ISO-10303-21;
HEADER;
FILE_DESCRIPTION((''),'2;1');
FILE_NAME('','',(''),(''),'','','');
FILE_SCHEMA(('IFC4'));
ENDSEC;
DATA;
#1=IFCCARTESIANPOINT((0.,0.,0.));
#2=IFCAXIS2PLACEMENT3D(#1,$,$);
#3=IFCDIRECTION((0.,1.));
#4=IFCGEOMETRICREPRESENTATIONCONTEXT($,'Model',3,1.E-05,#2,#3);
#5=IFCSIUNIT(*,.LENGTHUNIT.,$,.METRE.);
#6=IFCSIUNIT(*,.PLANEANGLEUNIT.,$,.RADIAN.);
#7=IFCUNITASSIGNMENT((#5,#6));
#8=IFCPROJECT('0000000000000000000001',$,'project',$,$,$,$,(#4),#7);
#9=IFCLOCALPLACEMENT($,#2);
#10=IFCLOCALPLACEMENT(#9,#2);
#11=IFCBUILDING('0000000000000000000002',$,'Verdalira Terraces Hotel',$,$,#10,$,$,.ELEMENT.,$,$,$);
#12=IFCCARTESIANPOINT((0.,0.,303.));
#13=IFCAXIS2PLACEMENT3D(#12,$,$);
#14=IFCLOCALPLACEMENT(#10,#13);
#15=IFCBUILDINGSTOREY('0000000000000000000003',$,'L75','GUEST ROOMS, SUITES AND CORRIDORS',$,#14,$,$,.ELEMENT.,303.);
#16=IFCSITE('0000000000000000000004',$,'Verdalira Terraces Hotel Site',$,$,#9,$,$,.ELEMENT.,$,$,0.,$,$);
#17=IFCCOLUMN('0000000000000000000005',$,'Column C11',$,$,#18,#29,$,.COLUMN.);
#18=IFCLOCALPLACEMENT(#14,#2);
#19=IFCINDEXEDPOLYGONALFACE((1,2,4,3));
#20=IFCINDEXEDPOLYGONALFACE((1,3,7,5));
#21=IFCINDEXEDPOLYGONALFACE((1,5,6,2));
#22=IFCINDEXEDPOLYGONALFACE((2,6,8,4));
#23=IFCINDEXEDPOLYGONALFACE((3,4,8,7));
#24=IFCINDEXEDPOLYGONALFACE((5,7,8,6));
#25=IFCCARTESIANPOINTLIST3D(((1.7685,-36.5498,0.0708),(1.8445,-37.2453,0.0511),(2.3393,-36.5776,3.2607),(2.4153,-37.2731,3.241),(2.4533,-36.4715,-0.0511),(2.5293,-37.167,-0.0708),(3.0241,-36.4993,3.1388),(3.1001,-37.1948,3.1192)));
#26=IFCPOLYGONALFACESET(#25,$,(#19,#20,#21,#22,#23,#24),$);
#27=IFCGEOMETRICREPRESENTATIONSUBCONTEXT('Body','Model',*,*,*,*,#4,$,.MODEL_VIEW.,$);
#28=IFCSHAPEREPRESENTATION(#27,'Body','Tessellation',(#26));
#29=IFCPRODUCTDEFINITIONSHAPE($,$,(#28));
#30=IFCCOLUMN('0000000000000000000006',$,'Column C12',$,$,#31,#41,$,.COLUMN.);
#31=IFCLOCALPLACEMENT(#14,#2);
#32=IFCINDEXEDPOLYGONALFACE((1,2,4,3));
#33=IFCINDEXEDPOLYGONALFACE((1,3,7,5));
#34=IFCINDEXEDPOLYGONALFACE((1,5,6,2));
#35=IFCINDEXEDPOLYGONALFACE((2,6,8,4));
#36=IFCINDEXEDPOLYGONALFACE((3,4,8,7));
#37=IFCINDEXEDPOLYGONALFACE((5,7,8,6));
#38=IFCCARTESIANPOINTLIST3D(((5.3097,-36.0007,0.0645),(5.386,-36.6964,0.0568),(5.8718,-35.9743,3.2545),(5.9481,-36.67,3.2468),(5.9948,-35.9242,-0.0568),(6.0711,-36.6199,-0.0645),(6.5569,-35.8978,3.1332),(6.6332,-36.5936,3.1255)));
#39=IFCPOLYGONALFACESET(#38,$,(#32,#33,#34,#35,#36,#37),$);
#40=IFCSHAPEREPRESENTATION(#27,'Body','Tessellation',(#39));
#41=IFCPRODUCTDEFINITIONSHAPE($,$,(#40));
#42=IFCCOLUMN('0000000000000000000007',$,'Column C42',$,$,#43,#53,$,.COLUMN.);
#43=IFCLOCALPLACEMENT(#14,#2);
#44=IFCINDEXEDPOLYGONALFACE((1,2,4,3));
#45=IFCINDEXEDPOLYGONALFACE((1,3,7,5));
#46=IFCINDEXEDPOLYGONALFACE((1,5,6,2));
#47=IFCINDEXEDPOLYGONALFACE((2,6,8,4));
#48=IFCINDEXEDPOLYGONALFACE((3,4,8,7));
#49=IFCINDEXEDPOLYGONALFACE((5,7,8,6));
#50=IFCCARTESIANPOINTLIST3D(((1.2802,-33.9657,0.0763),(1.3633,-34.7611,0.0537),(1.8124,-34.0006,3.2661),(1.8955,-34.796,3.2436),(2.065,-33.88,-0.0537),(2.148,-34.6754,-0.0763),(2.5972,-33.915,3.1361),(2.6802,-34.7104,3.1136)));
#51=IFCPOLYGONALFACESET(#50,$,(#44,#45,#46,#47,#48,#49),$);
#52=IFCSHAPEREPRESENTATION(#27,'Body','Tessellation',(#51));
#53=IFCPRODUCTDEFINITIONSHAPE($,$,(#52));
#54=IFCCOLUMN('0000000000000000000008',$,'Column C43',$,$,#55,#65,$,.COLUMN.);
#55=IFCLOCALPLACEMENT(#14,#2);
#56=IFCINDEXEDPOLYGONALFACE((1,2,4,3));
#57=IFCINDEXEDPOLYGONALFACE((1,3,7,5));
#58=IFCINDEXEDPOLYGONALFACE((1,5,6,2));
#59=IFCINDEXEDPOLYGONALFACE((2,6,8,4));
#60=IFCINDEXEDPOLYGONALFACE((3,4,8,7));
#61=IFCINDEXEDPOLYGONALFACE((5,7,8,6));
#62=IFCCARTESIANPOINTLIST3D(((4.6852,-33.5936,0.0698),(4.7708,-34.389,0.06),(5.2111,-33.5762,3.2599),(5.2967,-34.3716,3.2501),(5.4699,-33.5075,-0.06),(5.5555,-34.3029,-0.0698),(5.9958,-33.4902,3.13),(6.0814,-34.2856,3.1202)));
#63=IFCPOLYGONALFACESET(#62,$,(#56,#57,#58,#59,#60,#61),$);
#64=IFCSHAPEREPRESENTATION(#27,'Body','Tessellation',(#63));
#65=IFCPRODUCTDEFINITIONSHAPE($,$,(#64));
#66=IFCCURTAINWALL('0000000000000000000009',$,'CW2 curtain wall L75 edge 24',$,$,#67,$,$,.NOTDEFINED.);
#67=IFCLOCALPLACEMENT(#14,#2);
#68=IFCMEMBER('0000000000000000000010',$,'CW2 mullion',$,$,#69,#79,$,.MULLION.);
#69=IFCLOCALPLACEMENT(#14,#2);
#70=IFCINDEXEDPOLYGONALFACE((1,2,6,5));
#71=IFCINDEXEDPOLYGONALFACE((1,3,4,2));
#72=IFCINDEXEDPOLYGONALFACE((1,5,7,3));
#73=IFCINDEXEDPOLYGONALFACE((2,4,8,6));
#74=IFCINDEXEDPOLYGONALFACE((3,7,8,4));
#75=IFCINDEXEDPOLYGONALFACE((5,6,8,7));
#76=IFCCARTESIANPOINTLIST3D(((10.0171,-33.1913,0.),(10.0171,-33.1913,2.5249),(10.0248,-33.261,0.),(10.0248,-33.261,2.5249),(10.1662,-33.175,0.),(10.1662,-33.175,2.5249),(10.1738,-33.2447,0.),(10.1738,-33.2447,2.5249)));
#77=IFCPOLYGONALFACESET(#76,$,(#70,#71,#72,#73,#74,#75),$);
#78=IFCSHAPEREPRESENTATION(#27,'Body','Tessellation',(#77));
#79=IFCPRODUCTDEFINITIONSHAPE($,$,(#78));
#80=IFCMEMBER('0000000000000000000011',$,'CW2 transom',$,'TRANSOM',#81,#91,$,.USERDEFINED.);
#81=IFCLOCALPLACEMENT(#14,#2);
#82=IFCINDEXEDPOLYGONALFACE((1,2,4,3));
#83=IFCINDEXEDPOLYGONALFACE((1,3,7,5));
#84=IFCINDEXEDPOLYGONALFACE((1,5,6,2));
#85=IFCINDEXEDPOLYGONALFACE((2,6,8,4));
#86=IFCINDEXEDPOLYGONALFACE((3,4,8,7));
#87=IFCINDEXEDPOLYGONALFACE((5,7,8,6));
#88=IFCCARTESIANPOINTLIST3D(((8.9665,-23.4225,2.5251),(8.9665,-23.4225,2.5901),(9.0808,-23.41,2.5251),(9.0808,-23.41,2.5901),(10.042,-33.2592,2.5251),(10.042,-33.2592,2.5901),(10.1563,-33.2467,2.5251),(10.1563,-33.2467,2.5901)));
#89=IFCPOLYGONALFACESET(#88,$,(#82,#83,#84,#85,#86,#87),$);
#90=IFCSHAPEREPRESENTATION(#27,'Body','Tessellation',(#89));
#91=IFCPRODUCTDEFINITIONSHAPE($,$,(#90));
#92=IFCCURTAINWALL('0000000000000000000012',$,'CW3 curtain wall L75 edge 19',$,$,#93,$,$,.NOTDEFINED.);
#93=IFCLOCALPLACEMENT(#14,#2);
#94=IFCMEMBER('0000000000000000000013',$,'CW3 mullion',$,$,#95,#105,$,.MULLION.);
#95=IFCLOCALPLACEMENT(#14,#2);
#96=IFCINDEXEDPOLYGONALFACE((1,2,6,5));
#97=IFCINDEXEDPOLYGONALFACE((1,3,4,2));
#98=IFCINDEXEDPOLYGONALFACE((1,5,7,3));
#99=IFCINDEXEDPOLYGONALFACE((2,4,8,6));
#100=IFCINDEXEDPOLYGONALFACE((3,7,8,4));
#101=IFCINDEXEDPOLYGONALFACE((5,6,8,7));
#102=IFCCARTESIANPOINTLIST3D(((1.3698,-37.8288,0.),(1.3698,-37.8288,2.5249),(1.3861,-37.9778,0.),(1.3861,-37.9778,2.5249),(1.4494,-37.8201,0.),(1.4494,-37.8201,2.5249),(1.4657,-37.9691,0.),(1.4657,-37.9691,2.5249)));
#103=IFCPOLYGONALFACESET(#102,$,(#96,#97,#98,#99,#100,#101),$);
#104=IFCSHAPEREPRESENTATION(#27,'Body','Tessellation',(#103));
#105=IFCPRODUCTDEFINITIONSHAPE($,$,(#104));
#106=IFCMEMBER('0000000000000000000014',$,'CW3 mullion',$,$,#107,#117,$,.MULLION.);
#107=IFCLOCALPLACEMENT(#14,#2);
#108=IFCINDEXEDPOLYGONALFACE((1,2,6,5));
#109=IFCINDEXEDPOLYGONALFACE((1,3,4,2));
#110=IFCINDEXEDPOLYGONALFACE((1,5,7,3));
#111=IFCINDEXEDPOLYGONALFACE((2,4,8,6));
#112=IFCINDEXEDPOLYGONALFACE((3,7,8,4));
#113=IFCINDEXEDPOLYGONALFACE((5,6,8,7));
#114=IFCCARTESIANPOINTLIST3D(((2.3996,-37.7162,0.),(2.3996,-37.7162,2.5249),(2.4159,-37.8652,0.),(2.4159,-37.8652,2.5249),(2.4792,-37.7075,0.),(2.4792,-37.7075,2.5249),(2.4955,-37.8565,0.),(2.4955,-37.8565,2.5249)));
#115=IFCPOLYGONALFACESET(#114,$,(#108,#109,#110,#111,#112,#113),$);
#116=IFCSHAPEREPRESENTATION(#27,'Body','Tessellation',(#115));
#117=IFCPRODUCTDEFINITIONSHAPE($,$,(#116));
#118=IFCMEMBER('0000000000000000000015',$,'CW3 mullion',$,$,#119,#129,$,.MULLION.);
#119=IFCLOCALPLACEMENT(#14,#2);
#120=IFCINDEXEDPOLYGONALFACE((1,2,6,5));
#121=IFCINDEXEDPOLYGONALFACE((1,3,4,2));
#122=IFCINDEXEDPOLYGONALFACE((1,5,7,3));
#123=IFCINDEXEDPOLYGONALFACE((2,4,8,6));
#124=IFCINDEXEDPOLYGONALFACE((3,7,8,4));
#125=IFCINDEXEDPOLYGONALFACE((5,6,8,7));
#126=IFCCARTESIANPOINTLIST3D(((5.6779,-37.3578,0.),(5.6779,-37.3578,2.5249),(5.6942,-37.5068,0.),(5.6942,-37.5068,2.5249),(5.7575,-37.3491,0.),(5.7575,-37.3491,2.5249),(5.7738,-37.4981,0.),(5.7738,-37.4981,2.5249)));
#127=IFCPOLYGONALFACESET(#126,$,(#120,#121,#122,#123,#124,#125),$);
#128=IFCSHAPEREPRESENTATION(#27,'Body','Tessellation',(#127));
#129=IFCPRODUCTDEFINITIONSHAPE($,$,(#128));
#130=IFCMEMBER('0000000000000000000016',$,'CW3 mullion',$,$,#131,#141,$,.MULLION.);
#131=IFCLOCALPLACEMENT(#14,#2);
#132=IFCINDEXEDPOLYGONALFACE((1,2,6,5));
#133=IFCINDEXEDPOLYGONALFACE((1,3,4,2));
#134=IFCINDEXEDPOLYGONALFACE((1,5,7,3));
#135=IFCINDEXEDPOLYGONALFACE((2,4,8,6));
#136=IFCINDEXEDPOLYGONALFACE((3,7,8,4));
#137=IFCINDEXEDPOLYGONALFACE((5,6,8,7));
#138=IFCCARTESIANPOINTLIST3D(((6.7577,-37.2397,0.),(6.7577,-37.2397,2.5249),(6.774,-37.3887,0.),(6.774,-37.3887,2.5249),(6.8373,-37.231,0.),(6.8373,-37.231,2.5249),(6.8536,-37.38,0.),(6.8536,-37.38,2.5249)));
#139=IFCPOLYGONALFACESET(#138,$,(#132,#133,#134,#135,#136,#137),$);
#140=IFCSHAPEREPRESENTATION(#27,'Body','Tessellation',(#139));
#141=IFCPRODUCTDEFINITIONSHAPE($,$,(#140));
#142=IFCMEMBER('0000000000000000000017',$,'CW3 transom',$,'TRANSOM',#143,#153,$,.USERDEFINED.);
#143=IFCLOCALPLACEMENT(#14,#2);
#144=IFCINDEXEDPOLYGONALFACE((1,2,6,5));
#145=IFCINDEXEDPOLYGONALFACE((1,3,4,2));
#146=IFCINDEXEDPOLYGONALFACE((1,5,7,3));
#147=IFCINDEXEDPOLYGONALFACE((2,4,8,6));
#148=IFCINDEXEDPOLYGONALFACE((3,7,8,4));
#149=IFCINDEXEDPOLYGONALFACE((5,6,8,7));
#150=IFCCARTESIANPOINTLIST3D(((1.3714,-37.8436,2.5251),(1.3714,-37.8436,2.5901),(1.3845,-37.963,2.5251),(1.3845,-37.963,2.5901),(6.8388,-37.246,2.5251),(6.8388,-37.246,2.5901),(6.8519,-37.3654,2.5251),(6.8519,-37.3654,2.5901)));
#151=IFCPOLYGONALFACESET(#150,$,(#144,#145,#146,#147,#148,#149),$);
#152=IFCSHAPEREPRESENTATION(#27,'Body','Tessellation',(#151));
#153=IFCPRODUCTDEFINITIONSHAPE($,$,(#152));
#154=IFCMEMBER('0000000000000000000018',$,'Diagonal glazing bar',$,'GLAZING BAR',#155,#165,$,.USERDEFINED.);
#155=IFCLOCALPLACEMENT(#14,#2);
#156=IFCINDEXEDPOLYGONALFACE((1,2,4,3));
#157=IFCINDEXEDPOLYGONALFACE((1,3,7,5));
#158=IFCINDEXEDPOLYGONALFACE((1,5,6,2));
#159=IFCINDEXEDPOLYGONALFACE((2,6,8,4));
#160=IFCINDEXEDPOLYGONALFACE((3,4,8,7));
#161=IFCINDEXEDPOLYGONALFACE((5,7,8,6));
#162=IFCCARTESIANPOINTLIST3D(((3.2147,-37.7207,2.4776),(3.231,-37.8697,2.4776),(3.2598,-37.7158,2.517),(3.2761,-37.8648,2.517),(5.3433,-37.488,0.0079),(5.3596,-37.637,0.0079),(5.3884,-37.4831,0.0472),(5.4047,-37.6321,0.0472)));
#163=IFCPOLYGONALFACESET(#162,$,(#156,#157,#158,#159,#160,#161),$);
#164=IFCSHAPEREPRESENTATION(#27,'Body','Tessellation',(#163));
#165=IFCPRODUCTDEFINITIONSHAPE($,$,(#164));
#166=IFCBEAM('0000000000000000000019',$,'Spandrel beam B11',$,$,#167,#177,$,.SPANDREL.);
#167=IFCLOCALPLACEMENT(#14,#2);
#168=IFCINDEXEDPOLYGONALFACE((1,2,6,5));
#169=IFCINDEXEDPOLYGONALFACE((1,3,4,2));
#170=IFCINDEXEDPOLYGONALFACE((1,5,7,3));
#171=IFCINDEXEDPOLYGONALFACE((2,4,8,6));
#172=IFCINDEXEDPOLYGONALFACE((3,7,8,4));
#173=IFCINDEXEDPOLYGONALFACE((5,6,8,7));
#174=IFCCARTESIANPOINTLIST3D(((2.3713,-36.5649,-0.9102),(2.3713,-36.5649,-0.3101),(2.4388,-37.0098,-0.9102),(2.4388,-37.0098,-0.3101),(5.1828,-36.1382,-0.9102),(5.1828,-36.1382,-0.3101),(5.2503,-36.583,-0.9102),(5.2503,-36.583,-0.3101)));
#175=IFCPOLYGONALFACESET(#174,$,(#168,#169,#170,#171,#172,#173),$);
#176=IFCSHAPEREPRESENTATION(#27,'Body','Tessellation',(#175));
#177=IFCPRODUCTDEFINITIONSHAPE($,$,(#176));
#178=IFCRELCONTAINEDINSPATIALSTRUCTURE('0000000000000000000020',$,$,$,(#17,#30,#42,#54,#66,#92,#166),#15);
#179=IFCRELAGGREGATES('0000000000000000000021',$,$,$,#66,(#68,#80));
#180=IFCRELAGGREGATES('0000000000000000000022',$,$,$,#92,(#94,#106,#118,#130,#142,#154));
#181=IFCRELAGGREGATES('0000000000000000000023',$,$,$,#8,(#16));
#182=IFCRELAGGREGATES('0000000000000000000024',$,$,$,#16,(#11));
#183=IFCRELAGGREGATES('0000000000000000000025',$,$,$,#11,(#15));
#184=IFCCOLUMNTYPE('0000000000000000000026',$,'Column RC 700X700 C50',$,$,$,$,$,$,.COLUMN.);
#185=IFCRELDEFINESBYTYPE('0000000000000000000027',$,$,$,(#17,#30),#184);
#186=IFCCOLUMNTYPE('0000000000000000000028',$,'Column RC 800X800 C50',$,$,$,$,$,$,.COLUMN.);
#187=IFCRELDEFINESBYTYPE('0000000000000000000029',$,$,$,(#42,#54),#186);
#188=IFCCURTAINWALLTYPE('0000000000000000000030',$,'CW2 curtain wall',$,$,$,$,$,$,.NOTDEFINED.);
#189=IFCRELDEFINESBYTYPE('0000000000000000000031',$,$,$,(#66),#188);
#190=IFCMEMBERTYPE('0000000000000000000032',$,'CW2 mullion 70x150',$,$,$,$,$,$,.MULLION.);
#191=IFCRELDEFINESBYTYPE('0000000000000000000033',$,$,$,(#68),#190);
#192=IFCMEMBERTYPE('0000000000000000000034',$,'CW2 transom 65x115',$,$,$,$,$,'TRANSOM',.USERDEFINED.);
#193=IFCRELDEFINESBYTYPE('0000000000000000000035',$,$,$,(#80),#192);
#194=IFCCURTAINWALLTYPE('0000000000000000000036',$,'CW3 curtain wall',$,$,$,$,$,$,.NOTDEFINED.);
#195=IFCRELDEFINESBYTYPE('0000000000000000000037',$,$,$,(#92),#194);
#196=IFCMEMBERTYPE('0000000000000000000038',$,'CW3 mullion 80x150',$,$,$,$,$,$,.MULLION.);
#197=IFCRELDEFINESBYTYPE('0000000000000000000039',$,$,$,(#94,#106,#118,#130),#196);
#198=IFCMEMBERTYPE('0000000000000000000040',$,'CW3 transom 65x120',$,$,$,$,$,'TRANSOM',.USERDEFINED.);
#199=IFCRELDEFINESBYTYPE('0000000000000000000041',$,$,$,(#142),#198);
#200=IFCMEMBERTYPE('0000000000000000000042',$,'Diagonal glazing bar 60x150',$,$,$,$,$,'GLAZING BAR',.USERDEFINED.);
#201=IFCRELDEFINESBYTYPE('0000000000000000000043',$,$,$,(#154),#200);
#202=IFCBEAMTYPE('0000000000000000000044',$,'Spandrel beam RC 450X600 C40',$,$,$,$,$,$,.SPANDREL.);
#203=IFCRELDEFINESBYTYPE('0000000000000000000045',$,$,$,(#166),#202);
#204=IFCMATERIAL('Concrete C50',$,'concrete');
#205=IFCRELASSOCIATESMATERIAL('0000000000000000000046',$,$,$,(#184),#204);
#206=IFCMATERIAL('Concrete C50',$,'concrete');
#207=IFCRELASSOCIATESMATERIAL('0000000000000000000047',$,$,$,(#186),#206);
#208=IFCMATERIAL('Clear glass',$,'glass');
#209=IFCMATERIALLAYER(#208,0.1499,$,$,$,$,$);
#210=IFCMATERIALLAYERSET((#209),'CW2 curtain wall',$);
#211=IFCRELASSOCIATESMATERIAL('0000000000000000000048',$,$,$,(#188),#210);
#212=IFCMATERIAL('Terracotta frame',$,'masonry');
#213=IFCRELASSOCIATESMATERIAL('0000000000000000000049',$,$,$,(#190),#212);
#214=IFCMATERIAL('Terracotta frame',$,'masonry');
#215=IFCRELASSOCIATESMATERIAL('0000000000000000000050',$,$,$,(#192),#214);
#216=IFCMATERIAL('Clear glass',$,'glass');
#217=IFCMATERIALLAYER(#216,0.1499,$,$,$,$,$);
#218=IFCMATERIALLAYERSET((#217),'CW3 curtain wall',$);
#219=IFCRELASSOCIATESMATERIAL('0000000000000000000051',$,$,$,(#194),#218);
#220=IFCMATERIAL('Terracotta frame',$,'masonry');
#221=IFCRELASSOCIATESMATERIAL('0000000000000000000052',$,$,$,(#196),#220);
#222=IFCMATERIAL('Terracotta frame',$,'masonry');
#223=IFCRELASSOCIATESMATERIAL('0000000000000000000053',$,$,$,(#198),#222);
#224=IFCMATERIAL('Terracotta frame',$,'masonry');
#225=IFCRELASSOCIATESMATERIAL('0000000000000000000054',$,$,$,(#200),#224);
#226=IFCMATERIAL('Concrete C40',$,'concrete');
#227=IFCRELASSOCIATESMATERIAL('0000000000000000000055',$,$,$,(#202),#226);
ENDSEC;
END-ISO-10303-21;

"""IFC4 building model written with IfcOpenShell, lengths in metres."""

from ifc_helpers import new_model, si_unit, direction, frame, origin, origin_2d, place, context, subcontext, project, spatial, rectangle, extrude, material, layer, layer_set, material_profile, profile_set, type_object, element, aggregate, save


model = new_model("IFC4")

# Units and contexts
model_context = context("Model", 3, precision=1e-05, world=origin(), true_north=direction((0.0, 1.0)))
body_context = subcontext(model_context, "Body", "Model", "MODEL_VIEW")
ifc_project = project(units=[si_unit("LENGTHUNIT", "METRE"), si_unit("PLANEANGLEUNIT", "RADIAN")], contexts=[model_context])

# Site, building, storey
site_placement = place(None, origin())
site = spatial("IfcSite", under=ifc_project, at=site_placement, Name="Verdalira Terraces Hotel Site", CompositionType="ELEMENT", RefElevation=0.0)
building_placement = place(site_placement, origin())
building = spatial("IfcBuilding", under=site, at=building_placement, Name="Verdalira Terraces Hotel", CompositionType="ELEMENT")
storey_placement = place(building_placement, frame((0.0, 0.0, 303.0)))
storey = spatial("IfcBuildingStorey", under=building, at=storey_placement, Name="L75", Description="GUEST ROOMS, SUITES AND CORRIDORS", CompositionType="ELEMENT", Elevation=303.0)

# Columns
ifc_material_1 = material(Name="Concrete C50", Category="concrete")
ifc_material_profile_1 = material_profile(ifc_material_1, rectangle(XDim=0.7, YDim=0.7, at=origin_2d()), Name="RC 700X700")
ifc_profile_set_1 = profile_set([ifc_material_profile_1], Name="Concrete C50")
column_type_1 = type_object("IfcColumnType", Name="Column RC 700X700 C50", PredefinedType="COLUMN", material=ifc_profile_set_1)
column_1_placement = place(storey_placement, frame((2.1489, -36.8584, 0.0), z_axis=(0.176134, -0.008588, 0.984329), x_axis=(0.978355, 0.11187, -0.174089)))
element("IfcColumn", 1, at=column_1_placement, inside=storey, type_object=column_type_1, Name="Column C11", PredefinedType="COLUMN", context=body_context, shape_type="SweptSolid", body=[
    extrude(rectangle(XDim=0.7, YDim=0.7, at=origin_2d()), origin(), (0.0, 0.0, 1.0), 3.2407),
])
column_2_placement = place(storey_placement, frame((5.6904, -36.3103, 0.0), z_axis=(0.173504, 0.00814, 0.984799), x_axis=(0.978783, 0.109244, -0.173347)))
element("IfcColumn", 2, at=column_2_placement, inside=storey, type_object=column_type_1, Name="Column C12", PredefinedType="COLUMN", context=body_context, shape_type="SweptSolid", body=[
    extrude(rectangle(XDim=0.7, YDim=0.7, at=origin_2d()), origin(), (0.0, 0.0, 1.0), 3.2393),
])
ifc_material_2 = material(Name="Concrete C50", Category="concrete")
ifc_material_profile_2 = material_profile(ifc_material_2, rectangle(XDim=0.8, YDim=0.8, at=origin_2d()), Name="RC 800X800")
ifc_profile_set_2 = profile_set([ifc_material_profile_2], Name="Concrete C50")
column_type_2 = type_object("IfcColumnType", Name="Column RC 800X800 C50", PredefinedType="COLUMN", material=ifc_profile_set_2)
column_3_placement = place(storey_placement, frame((1.7141, -34.3206, 0.0), z_axis=(0.164561, -0.010795, 0.986308), x_axis=(0.103801, -0.994198, -0.0282)))
element("IfcColumn", 3, at=column_3_placement, inside=storey, type_object=column_type_2, Name="Column C42", PredefinedType="COLUMN", context=body_context, shape_type="SweptSolid", body=[
    extrude(rectangle(XDim=0.8, YDim=0.8, at=origin_2d()), origin(), (0.0, 0.0, 1.0), 3.2341),
])
column_4_placement = place(storey_placement, frame((5.1204, -33.9482, 0.0), z_axis=(0.162658, 0.005362, 0.986668), x_axis=(0.106975, -0.994186, -0.012233)))
element("IfcColumn", 4, at=column_4_placement, inside=storey, type_object=column_type_2, Name="Column C43", PredefinedType="COLUMN", context=body_context, shape_type="SweptSolid", body=[
    extrude(rectangle(XDim=0.8, YDim=0.8, at=origin_2d()), origin(), (0.0, 0.0, 1.0), 3.2332),
])

# Curtain walls, members
ifc_material_3 = material(Name="Clear glass", Category="glass")
ifc_layer_1 = layer(ifc_material_3, 0.1499)
ifc_layer_set_1 = layer_set([ifc_layer_1], Name="CW2 curtain wall")
curtain_wall_type_1 = type_object("IfcCurtainWallType", Name="CW2 curtain wall", PredefinedType="NOTDEFINED", material=ifc_layer_set_1)
curtain_wall_1_placement = place(storey_placement, origin())
curtain_wall_1 = element("IfcCurtainWall", 5, at=curtain_wall_1_placement, inside=storey, type_object=curtain_wall_type_1, Name="CW2 curtain wall L75 edge 24", PredefinedType="NOTDEFINED")
ifc_material_4 = material(Name="Terracotta frame", Category="masonry")
ifc_material_profile_3 = material_profile(ifc_material_4, rectangle(XDim=0.0701, YDim=0.1499, at=origin_2d()), Name="MU 70x150")
ifc_profile_set_3 = profile_set([ifc_material_profile_3], Name="Terracotta frame")
member_type_1 = type_object("IfcMemberType", Name="CW2 mullion 70x150", PredefinedType="MULLION", material=ifc_profile_set_3)
member_1_placement = place(storey_placement, frame((10.0955, -33.218, 0.0), z_axis=(0.0, 0.0, 1.0), x_axis=(-0.108693, 0.994075, 0.0)))
member_1 = element("IfcMember", 6, at=member_1_placement, type_object=member_type_1, Name="CW2 mullion", PredefinedType="MULLION", context=body_context, shape_type="SweptSolid", body=[
    extrude(rectangle(XDim=0.0701, YDim=0.1499, at=origin_2d()), origin(), (0.0, 0.0, 1.0), 2.5249),
])
ifc_material_5 = material(Name="Terracotta frame", Category="masonry")
ifc_material_profile_4 = material_profile(ifc_material_5, rectangle(XDim=0.115, YDim=0.0649, at=origin_2d()), Name="TR 65x115")
ifc_profile_set_4 = profile_set([ifc_material_profile_4], Name="Terracotta frame")
member_type_2 = type_object("IfcMemberType", Name="CW2 transom 65x115", ElementType="TRANSOM", PredefinedType="USERDEFINED", material=ifc_profile_set_4)
member_2_placement = place(storey_placement, frame((10.0991, -33.2529, 2.5576), z_axis=(-0.108682, 0.994077, 0.0), x_axis=(-0.994077, -0.108682, 0.0)))
member_2 = element("IfcMember", 7, at=member_2_placement, type_object=member_type_2, Name="CW2 transom", ObjectType="TRANSOM", PredefinedType="USERDEFINED", context=body_context, shape_type="SweptSolid", body=[
    extrude(rectangle(XDim=0.115, YDim=0.0649, at=origin_2d()), origin(), (0.0, 0.0, 1.0), 9.8953),
])
aggregate(curtain_wall_1, [member_1, member_2])
ifc_material_6 = material(Name="Clear glass", Category="glass")
ifc_layer_2 = layer(ifc_material_6, 0.1499)
ifc_layer_set_2 = layer_set([ifc_layer_2], Name="CW3 curtain wall")
curtain_wall_type_2 = type_object("IfcCurtainWallType", Name="CW3 curtain wall", PredefinedType="NOTDEFINED", material=ifc_layer_set_2)
curtain_wall_2_placement = place(storey_placement, origin())
curtain_wall_2 = element("IfcCurtainWall", 8, at=curtain_wall_2_placement, inside=storey, type_object=curtain_wall_type_2, Name="CW3 curtain wall L75 edge 19", PredefinedType="NOTDEFINED")
ifc_material_7 = material(Name="Terracotta frame", Category="masonry")
ifc_material_profile_5 = material_profile(ifc_material_7, rectangle(XDim=0.0801, YDim=0.1499, at=origin_2d()), Name="MU 80x150")
ifc_profile_set_5 = profile_set([ifc_material_profile_5], Name="Terracotta frame")
member_type_3 = type_object("IfcMemberType", Name="CW3 mullion 80x150", PredefinedType="MULLION", material=ifc_profile_set_5)
member_3_placement = place(storey_placement, frame((1.4177, -37.8989, 0.0), z_axis=(0.0, 0.0, 1.0), x_axis=(0.994075, 0.108693, 0.0)))
member_3 = element("IfcMember", 9, at=member_3_placement, type_object=member_type_3, Name="CW3 mullion", PredefinedType="MULLION", context=body_context, shape_type="SweptSolid", body=[
    extrude(rectangle(XDim=0.0801, YDim=0.1499, at=origin_2d()), origin(), (0.0, 0.0, 1.0), 2.5249),
])
member_4_placement = place(storey_placement, frame((2.4475, -37.7864, 0.0), z_axis=(0.0, 0.0, 1.0), x_axis=(0.994075, 0.108693, 0.0)))
member_4 = element("IfcMember", 10, at=member_4_placement, type_object=member_type_3, Name="CW3 mullion", PredefinedType="MULLION", context=body_context, shape_type="SweptSolid", body=[
    extrude(rectangle(XDim=0.0801, YDim=0.1499, at=origin_2d()), origin(), (0.0, 0.0, 1.0), 2.5249),
])
member_5_placement = place(storey_placement, frame((5.7258, -37.428, 0.0), z_axis=(0.0, 0.0, 1.0), x_axis=(0.994075, 0.108693, 0.0)))
member_5 = element("IfcMember", 11, at=member_5_placement, type_object=member_type_3, Name="CW3 mullion", PredefinedType="MULLION", context=body_context, shape_type="SweptSolid", body=[
    extrude(rectangle(XDim=0.0801, YDim=0.1499, at=origin_2d()), origin(), (0.0, 0.0, 1.0), 2.5249),
])
member_6_placement = place(storey_placement, frame((6.8057, -37.3098, 0.0), z_axis=(0.0, 0.0, 1.0), x_axis=(0.994075, 0.108693, 0.0)))
member_6 = element("IfcMember", 12, at=member_6_placement, type_object=member_type_3, Name="CW3 mullion", PredefinedType="MULLION", context=body_context, shape_type="SweptSolid", body=[
    extrude(rectangle(XDim=0.0801, YDim=0.1499, at=origin_2d()), origin(), (0.0, 0.0, 1.0), 2.5249),
])
ifc_material_8 = material(Name="Terracotta frame", Category="masonry")
ifc_material_profile_6 = material_profile(ifc_material_8, rectangle(XDim=0.1201, YDim=0.0649, at=origin_2d()), Name="TR 65x120")
ifc_profile_set_6 = profile_set([ifc_material_profile_6], Name="Terracotta frame")
member_type_4 = type_object("IfcMemberType", Name="CW3 transom 65x120", ElementType="TRANSOM", PredefinedType="USERDEFINED", material=ifc_profile_set_6)
member_7_placement = place(storey_placement, frame((1.3779, -37.9033, 2.5576), z_axis=(0.994079, 0.108663, 0.0), x_axis=(-0.108663, 0.994079, 0.0)))
member_7 = element("IfcMember", 13, at=member_7_placement, type_object=member_type_4, Name="CW3 transom", ObjectType="TRANSOM", PredefinedType="USERDEFINED", context=body_context, shape_type="SweptSolid", body=[
    extrude(rectangle(XDim=0.1201, YDim=0.0649, at=origin_2d()), origin(), (0.0, 0.0, 1.0), 5.5),
])
ifc_material_9 = material(Name="Terracotta frame", Category="masonry")
ifc_material_profile_7 = material_profile(ifc_material_9, rectangle(XDim=0.1499, YDim=0.0601, at=origin_2d()), Name="GB 60x150")
ifc_profile_set_7 = profile_set([ifc_material_profile_7], Name="Terracotta frame")
member_type_5 = type_object("IfcMemberType", Name="Diagonal glazing bar 60x150", ElementType="GLAZING BAR", PredefinedType="USERDEFINED", material=ifc_profile_set_7)
member_8_placement = place(storey_placement, frame((3.2454, -37.7927, 2.4973), z_axis=(0.651211, 0.071178, -0.755551), x_axis=(-0.108654, 0.99408, 0.0)))
member_8 = element("IfcMember", 14, at=member_8_placement, type_object=member_type_5, Name="Diagonal glazing bar", ObjectType="GLAZING BAR", PredefinedType="USERDEFINED", context=body_context, shape_type="SweptSolid", body=[
    extrude(rectangle(XDim=0.1499, YDim=0.0601, at=origin_2d()), origin(), (0.0, 0.0, 1.0), 3.2688),
])

# Beam
ifc_material_10 = material(Name="Concrete C40", Category="concrete")
ifc_material_profile_8 = material_profile(ifc_material_10, rectangle(XDim=0.45, YDim=0.6001, at=origin_2d()), Name="RC 450X600")
ifc_profile_set_8 = profile_set([ifc_material_profile_8], Name="Concrete C40")
beam_type = type_object("IfcBeamType", Name="Spandrel beam RC 450X600 C40", PredefinedType="SPANDREL", material=ifc_profile_set_8)
beam_placement = place(storey_placement, frame((2.405, -36.7874, -0.6101), z_axis=(0.988675, 0.15007, 0.0), x_axis=(-0.15007, 0.988675, 0.0)))
element("IfcBeam", 15, at=beam_placement, inside=storey, type_object=beam_type, Name="Spandrel beam B11", PredefinedType="SPANDREL", context=body_context, shape_type="SweptSolid", body=[
    extrude(rectangle(XDim=0.45, YDim=0.6001, at=origin_2d()), origin(), (0.0, 0.0, 1.0), 2.8438),
])

aggregate(curtain_wall_2, [member_3, member_4, member_5, member_6, member_7, member_8])

save(model, "model.ifc")
